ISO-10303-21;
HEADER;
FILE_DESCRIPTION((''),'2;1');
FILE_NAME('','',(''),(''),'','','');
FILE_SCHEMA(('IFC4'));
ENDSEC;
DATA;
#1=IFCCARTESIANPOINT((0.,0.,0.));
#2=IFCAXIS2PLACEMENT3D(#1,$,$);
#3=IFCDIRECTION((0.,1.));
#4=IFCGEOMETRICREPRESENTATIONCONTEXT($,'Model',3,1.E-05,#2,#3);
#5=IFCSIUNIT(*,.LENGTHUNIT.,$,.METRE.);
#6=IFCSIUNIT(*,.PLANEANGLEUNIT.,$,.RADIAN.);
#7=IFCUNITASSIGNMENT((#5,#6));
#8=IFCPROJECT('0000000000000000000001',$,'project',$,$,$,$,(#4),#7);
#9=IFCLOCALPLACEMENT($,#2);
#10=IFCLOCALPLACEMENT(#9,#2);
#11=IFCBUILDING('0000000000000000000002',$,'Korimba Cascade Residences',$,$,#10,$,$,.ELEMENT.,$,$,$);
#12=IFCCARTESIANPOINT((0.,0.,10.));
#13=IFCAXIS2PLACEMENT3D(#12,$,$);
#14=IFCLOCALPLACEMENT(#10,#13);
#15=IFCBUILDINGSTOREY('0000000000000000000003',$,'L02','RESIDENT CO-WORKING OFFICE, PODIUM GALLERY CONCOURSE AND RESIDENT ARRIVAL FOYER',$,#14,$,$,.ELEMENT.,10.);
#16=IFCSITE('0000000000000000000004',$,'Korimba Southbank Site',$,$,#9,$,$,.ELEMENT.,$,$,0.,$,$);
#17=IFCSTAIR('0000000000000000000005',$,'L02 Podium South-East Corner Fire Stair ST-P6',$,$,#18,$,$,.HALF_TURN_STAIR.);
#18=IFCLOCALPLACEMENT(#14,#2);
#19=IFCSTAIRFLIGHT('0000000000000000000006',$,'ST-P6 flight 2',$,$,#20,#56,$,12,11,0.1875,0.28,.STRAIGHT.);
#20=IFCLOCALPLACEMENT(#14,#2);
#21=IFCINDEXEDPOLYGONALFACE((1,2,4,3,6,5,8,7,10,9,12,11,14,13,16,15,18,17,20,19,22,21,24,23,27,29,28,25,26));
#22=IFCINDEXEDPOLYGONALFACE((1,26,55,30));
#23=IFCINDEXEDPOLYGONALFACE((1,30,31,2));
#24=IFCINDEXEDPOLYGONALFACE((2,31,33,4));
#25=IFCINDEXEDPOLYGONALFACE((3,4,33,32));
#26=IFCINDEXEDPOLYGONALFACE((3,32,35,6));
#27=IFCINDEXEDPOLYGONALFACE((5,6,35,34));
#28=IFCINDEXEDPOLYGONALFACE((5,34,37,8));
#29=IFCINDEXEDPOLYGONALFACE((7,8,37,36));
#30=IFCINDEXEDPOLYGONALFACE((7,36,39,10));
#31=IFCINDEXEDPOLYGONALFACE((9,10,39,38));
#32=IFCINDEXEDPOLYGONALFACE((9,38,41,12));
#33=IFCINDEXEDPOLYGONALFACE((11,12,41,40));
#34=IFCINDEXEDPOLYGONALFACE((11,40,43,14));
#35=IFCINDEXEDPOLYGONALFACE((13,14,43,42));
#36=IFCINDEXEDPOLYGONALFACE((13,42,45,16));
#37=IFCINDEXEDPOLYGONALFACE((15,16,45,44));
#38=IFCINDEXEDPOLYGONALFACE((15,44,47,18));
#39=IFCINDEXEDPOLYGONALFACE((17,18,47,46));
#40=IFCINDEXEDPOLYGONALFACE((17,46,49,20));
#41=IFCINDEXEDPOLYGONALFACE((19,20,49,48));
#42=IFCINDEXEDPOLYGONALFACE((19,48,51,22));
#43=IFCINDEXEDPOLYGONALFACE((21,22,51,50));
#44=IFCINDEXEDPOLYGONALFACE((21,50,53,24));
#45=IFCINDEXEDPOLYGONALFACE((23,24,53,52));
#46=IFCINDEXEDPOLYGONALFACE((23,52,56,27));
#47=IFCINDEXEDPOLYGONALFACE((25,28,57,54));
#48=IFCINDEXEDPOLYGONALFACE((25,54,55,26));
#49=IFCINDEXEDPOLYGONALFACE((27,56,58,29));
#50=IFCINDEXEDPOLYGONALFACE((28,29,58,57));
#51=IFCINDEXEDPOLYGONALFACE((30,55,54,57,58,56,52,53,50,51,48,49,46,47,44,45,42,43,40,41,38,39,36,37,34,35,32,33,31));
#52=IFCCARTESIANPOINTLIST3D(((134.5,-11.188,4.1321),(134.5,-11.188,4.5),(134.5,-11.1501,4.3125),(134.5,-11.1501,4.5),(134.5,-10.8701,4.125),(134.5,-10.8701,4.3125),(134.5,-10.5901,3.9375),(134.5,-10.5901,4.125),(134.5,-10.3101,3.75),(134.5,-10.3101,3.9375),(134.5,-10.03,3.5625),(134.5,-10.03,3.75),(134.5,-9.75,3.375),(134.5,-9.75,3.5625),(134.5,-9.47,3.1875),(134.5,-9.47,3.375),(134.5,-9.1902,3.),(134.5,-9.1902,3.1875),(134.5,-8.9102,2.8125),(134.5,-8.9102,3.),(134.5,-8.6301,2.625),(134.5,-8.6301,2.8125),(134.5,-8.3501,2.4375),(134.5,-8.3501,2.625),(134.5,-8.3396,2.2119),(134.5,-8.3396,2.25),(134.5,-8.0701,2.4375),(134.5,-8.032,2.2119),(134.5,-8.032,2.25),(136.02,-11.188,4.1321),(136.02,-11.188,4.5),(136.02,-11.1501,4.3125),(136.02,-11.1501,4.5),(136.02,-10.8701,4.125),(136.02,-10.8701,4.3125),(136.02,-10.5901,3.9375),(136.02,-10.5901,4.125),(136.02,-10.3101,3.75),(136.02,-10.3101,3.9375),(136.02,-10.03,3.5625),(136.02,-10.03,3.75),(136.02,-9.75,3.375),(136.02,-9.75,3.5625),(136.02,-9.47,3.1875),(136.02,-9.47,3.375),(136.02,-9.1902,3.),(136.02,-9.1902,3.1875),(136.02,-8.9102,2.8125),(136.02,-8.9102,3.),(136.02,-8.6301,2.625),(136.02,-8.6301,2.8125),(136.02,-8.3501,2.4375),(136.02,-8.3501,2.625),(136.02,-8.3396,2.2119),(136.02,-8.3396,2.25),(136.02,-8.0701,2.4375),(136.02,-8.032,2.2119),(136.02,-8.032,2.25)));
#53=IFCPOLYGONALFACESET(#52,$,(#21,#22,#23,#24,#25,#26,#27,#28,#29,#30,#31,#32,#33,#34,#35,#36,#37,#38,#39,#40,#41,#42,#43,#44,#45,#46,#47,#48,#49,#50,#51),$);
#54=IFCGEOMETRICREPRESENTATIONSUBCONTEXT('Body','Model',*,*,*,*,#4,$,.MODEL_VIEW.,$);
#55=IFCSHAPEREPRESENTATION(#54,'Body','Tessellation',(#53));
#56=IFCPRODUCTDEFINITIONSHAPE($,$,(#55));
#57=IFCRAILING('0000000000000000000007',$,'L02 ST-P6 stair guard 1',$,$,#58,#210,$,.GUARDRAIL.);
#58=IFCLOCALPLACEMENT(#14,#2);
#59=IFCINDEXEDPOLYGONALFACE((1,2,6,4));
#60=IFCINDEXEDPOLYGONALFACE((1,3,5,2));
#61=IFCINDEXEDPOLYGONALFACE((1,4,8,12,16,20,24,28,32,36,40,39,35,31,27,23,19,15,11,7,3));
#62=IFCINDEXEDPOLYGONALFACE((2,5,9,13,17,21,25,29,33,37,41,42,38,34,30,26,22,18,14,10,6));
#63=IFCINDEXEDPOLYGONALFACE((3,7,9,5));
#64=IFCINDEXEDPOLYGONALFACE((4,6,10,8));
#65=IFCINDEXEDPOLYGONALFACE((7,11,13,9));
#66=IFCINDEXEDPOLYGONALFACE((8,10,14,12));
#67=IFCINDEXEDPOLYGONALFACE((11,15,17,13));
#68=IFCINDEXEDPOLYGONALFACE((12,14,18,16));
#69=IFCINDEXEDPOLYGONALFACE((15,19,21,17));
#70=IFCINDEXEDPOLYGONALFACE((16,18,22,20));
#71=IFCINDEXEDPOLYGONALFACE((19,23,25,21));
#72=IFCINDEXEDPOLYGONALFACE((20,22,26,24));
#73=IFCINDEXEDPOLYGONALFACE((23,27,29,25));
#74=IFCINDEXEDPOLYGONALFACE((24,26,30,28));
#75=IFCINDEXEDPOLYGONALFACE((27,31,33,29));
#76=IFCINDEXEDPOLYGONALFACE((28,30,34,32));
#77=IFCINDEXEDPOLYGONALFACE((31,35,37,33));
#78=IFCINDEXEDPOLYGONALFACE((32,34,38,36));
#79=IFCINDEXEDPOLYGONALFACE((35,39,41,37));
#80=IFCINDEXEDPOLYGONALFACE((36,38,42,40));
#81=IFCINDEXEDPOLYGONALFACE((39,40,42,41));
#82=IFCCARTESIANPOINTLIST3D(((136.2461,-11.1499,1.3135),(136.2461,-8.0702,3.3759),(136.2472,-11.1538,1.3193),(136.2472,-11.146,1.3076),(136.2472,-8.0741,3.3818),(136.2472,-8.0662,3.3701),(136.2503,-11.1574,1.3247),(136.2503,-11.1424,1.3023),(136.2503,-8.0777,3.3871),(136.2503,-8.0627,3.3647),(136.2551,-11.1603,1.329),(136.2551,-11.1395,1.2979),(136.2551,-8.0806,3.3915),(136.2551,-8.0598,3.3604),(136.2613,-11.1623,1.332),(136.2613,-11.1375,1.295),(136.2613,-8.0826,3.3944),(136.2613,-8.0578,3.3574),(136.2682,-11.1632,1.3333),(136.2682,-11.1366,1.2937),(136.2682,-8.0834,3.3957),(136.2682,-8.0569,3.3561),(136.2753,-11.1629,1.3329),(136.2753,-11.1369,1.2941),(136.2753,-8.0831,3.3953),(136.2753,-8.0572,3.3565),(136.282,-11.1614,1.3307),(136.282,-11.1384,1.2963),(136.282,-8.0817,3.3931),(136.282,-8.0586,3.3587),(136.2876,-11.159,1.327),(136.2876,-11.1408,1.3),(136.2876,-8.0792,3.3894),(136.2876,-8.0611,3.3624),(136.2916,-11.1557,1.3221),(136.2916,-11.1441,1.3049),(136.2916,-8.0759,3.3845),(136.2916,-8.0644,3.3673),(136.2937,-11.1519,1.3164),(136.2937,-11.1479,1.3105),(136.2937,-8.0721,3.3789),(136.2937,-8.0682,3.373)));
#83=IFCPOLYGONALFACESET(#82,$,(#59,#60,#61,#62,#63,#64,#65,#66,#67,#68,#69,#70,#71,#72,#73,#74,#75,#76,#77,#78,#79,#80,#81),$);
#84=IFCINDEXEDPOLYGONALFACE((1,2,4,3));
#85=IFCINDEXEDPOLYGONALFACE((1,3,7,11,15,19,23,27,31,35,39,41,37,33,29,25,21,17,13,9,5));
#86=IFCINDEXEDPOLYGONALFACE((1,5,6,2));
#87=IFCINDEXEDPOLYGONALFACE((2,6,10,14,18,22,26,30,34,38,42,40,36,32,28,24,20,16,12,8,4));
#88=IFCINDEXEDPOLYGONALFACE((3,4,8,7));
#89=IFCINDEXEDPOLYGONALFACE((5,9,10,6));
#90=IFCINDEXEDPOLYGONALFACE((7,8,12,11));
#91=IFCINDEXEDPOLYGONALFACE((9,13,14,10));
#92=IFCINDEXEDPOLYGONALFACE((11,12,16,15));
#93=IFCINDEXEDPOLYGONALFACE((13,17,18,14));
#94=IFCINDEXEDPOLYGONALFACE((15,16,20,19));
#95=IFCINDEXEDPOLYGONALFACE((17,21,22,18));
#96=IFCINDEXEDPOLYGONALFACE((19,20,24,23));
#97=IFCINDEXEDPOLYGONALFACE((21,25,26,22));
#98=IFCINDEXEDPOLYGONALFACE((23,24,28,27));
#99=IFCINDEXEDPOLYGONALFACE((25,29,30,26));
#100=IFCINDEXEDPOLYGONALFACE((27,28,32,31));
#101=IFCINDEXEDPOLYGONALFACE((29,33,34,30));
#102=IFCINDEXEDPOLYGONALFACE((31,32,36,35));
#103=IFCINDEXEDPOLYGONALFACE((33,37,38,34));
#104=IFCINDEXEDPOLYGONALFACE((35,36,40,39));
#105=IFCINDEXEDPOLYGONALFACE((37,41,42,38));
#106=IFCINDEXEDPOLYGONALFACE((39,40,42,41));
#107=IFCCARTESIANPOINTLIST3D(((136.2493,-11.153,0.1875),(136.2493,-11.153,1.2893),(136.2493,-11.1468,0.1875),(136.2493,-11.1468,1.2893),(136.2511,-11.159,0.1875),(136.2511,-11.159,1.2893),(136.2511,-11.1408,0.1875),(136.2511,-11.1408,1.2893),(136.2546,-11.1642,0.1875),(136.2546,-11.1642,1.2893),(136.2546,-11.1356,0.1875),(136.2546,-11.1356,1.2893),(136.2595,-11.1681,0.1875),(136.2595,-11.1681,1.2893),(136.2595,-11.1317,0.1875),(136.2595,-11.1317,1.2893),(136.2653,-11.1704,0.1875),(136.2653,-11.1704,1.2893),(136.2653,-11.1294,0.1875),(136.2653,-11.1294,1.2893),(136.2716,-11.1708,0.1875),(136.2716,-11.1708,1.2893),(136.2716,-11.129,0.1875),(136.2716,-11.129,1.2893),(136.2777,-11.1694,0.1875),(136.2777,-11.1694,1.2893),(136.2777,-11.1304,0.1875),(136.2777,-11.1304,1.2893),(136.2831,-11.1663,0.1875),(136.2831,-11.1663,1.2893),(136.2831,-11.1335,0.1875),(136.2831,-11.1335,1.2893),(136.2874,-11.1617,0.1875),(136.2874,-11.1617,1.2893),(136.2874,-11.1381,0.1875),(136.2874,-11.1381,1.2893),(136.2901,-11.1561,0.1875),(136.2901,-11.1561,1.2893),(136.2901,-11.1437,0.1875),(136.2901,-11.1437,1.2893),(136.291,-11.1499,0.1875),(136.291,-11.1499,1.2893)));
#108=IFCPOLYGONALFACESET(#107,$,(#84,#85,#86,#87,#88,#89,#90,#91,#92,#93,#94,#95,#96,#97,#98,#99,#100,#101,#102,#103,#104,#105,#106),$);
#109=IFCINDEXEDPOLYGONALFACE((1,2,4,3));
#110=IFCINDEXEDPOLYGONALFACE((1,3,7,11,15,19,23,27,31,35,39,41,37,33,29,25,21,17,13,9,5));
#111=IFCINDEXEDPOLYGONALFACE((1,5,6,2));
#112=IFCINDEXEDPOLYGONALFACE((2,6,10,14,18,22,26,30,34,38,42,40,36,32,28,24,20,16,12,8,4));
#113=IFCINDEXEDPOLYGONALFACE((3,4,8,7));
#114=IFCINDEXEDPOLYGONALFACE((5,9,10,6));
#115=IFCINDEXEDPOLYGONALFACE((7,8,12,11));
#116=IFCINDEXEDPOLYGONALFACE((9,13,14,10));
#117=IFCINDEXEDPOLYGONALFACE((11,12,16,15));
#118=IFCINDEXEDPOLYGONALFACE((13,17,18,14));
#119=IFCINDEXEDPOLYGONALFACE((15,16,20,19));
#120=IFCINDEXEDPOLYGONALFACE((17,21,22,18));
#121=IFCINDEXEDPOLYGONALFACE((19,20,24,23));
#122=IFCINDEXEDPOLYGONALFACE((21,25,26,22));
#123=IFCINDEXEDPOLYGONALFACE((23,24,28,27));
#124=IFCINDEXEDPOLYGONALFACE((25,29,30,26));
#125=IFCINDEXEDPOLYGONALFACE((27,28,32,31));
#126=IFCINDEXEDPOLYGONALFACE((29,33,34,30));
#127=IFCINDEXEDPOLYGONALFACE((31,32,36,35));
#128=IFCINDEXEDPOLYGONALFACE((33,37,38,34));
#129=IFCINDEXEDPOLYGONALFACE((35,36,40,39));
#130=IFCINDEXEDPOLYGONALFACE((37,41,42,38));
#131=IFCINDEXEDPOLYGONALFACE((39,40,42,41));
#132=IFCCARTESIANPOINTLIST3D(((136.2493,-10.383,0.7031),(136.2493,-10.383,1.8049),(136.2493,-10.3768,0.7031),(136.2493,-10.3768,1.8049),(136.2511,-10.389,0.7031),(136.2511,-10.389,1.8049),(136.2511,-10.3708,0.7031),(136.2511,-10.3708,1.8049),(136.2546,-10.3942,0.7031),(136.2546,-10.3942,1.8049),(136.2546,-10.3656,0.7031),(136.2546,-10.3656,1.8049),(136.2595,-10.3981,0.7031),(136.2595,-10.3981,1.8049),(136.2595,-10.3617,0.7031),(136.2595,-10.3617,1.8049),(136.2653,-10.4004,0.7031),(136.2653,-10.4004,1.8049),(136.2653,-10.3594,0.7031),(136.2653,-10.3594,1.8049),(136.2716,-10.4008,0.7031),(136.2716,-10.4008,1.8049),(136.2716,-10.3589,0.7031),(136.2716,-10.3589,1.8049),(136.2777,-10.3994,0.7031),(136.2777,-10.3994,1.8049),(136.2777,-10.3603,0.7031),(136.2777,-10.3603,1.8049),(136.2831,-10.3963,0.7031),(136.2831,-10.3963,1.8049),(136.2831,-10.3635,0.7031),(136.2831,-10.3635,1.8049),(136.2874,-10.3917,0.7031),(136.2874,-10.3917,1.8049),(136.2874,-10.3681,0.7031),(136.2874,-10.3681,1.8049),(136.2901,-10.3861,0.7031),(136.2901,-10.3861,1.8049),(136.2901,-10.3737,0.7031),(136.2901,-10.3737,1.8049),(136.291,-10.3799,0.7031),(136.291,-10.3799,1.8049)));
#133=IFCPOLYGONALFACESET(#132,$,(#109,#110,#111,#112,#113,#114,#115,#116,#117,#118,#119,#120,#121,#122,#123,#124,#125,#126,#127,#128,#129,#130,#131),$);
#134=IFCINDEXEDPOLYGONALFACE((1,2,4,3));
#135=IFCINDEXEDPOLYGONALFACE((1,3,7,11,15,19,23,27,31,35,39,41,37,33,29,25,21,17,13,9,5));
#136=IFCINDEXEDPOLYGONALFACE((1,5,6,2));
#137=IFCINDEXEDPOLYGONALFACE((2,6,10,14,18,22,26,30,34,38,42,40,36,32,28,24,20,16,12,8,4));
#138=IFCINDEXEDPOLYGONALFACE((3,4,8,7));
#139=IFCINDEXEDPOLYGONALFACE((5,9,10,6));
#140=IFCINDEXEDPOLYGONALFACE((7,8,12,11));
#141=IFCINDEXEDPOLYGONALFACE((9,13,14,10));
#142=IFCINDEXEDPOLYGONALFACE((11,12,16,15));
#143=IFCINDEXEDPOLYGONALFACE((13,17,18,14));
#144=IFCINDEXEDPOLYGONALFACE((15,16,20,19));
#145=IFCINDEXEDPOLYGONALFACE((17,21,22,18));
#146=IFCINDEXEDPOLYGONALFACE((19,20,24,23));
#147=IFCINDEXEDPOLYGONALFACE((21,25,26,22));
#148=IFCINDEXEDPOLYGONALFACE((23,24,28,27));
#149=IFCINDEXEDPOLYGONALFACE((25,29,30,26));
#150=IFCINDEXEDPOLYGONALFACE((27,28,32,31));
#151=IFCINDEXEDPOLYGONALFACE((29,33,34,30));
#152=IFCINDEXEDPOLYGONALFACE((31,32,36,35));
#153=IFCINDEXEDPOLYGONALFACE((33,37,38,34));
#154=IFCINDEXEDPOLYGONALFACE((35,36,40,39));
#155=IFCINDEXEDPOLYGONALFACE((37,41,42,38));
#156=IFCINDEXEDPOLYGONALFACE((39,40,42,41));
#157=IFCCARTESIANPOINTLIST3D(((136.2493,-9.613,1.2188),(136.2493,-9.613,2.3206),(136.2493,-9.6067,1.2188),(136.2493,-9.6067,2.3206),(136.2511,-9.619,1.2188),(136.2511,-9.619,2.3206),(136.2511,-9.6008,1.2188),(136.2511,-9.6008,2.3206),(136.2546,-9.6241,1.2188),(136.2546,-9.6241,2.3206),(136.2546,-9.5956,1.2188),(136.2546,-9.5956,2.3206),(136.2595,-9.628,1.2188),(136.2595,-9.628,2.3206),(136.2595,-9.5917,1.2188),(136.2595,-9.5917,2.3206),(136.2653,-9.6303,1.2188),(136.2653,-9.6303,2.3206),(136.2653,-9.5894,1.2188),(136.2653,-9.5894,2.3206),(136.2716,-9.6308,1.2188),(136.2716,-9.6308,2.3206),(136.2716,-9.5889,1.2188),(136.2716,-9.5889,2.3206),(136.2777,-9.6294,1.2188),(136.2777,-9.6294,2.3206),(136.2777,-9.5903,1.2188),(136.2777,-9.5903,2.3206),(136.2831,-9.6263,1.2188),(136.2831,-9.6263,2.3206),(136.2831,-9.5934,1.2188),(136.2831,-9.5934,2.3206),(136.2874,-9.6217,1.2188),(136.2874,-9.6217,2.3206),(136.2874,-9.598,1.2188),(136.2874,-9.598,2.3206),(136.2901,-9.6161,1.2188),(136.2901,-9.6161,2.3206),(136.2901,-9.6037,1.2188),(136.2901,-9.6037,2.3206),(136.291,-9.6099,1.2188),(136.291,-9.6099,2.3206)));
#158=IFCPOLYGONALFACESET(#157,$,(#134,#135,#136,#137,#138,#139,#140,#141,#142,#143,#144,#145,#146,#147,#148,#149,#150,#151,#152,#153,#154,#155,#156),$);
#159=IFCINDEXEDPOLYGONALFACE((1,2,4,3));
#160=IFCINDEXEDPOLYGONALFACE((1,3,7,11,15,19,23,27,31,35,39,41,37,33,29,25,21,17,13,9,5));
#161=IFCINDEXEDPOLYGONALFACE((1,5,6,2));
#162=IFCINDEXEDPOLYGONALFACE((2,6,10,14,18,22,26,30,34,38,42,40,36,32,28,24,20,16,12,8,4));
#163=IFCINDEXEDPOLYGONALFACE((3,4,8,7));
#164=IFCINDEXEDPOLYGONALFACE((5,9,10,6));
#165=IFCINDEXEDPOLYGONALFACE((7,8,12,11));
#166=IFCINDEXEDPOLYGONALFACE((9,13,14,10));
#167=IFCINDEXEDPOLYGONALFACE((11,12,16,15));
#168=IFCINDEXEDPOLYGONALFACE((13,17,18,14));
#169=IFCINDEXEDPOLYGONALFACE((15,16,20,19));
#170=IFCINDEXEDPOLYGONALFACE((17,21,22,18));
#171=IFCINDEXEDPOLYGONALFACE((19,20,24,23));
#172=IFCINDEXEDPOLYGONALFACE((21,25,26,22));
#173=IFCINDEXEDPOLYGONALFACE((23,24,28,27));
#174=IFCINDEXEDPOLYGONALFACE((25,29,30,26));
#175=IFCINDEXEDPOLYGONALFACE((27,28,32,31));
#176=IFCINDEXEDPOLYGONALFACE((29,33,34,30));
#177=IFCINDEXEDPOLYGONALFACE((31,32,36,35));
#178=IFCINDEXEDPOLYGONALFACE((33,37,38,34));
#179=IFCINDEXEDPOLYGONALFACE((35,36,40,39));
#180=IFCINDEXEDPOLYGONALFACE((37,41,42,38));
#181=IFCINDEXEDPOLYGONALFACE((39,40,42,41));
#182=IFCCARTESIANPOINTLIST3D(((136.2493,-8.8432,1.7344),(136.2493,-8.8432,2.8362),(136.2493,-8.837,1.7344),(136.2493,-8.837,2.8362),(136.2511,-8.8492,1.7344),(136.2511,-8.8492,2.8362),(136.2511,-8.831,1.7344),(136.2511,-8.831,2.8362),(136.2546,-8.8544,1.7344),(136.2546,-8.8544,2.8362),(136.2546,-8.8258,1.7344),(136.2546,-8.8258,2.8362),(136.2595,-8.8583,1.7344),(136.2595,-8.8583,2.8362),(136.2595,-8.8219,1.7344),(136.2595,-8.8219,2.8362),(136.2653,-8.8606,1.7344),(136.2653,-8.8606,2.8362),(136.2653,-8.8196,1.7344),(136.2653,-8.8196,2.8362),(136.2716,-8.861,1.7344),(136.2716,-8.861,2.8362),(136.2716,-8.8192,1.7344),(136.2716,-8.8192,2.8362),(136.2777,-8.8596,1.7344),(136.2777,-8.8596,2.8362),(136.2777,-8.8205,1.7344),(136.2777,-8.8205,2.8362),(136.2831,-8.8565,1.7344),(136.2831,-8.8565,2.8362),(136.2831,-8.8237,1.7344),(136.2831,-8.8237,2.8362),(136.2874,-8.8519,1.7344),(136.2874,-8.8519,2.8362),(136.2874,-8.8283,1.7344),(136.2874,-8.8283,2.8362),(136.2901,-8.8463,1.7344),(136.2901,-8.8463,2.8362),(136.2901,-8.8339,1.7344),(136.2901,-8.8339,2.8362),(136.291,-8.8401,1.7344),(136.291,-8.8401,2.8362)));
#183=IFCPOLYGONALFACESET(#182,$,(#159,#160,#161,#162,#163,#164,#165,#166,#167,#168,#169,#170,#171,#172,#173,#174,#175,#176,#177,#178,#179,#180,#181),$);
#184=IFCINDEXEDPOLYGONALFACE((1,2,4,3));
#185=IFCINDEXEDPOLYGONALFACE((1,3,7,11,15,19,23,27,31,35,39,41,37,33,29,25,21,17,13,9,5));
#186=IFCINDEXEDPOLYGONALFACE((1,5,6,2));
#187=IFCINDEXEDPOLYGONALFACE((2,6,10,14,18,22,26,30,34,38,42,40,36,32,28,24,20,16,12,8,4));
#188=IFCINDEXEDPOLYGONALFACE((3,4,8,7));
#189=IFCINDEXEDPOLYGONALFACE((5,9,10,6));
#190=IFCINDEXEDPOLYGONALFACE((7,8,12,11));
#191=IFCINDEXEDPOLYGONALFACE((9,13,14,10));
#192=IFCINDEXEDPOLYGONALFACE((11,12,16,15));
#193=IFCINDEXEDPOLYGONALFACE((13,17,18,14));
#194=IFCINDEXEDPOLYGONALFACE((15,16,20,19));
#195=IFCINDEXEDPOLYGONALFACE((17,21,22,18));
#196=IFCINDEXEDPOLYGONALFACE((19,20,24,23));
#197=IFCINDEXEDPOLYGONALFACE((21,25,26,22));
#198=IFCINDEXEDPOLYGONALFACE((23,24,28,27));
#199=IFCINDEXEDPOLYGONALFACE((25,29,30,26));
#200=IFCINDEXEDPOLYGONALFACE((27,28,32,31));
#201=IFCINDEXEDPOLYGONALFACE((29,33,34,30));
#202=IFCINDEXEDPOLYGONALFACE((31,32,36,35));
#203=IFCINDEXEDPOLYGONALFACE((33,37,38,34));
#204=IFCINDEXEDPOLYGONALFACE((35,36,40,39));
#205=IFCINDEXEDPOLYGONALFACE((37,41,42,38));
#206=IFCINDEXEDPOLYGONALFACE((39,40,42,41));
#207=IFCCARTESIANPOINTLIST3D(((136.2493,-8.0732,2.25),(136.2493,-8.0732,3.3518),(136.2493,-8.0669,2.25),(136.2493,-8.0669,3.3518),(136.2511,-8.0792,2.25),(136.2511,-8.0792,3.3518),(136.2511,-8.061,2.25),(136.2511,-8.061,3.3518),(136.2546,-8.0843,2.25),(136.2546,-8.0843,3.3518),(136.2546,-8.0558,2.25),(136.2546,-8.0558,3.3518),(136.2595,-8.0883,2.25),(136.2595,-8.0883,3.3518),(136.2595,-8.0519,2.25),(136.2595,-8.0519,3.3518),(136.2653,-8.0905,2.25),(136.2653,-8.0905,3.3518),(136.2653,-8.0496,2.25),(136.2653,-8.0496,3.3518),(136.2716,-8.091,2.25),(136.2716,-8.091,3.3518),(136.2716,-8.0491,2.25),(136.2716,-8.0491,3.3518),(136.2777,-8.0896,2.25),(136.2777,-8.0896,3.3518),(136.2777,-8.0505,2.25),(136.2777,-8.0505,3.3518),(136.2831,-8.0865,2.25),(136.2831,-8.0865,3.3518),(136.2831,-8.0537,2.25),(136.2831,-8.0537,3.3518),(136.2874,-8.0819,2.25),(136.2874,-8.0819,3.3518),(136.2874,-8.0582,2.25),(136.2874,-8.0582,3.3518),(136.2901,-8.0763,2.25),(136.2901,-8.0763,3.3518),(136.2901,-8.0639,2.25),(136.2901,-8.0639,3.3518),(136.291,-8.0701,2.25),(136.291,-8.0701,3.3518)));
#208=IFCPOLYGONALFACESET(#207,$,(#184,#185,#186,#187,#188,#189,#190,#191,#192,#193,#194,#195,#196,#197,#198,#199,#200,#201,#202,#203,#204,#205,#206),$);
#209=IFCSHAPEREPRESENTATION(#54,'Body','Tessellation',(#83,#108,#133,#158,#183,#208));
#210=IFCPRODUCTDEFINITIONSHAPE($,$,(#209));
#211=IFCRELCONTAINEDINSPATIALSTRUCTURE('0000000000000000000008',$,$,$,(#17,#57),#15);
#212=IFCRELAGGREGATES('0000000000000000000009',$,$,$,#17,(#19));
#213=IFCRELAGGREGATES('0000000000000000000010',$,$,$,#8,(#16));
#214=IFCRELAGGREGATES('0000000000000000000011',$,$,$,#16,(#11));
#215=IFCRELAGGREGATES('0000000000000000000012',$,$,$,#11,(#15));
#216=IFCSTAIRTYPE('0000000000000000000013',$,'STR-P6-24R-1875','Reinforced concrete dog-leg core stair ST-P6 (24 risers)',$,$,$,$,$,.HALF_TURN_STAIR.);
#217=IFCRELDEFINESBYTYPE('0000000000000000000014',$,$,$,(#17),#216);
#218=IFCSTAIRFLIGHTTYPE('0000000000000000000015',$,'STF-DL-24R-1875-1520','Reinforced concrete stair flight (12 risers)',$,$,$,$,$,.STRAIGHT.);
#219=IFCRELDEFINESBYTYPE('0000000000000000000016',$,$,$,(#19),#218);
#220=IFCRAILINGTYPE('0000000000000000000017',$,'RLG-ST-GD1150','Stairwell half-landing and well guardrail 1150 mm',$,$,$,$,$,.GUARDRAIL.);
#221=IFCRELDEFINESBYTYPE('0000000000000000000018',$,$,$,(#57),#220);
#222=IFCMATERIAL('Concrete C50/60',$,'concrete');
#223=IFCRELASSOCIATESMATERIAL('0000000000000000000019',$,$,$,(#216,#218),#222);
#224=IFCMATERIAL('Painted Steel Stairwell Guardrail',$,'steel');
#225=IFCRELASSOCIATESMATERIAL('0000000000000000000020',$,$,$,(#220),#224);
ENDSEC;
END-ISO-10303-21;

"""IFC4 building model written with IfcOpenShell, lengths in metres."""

from ifc_helpers import new_model, si_unit, direction, frame, origin, origin_2d, place, context, subcontext, project, spatial, polyline, circle, outline, extrude, material, type_object, element, aggregate, save


model = new_model("IFC4")

# Units and contexts
model_context = context("Model", 3, precision=1e-05, world=origin(), true_north=direction((0.0, 1.0)))
body_context = subcontext(model_context, "Body", "Model", "MODEL_VIEW")
ifc_project = project(units=[si_unit("LENGTHUNIT", "METRE"), si_unit("PLANEANGLEUNIT", "RADIAN")], contexts=[model_context])

# Site, building, storey
site_placement = place(None, origin())
site = spatial("IfcSite", under=ifc_project, at=site_placement, Name="Korimba Southbank Site", CompositionType="ELEMENT", RefElevation=0.0)
building_placement = place(site_placement, origin())
building = spatial("IfcBuilding", under=site, at=building_placement, Name="Korimba Cascade Residences", CompositionType="ELEMENT")
storey_placement = place(building_placement, frame((0.0, 0.0, 10.0)))
storey = spatial("IfcBuildingStorey", under=building, at=storey_placement, Name="L02", Description="RESIDENT CO-WORKING OFFICE, PODIUM GALLERY CONCOURSE AND RESIDENT ARRIVAL FOYER", CompositionType="ELEMENT", Elevation=10.0)

# Shared definitions
ifc_material_1 = material(Name="Concrete C50/60", Category="concrete")

# Stair, stair flight
stair_type = type_object("IfcStairType", Name="STR-P6-24R-1875", Description="Reinforced concrete dog-leg core stair ST-P6 (24 risers)", PredefinedType="HALF_TURN_STAIR", material=ifc_material_1)
stair_placement = place(storey_placement, origin())
stair = element("IfcStair", 1, at=stair_placement, inside=storey, type_object=stair_type, Name="L02 Podium South-East Corner Fire Stair ST-P6", PredefinedType="HALF_TURN_STAIR")
stair_flight_type = type_object("IfcStairFlightType", Name="STF-DL-24R-1875-1520", Description="Reinforced concrete stair flight (12 risers)", PredefinedType="STRAIGHT", material=ifc_material_1)
stair_flight_1_placement = place(storey_placement, frame((135.26, -8.0701, 2.25), z_axis=(0.0, 0.0, 1.0), x_axis=(0.0, -1.0, 0.0)))
stair_flight_1 = element("IfcStairFlight", 2, at=stair_flight_1_placement, type_object=stair_flight_type, Name="ST-P6 flight 2", NumberOfRisers=12, NumberOfTreads=11, PredefinedType="STRAIGHT", RiserHeight=0.1875, TreadLength=0.28, context=body_context, shape_type="SweptSolid", body=[
    extrude(outline(polyline([(-0.0381, 0.0), (0.0, 0.1875), (0.28, 0.1875), (0.28, 0.375), (0.5601, 0.375), (0.5601, 0.5625), (0.8401, 0.5625), (0.8401, 0.75), (1.1201, 0.75), (1.1201, 0.9375), (1.3999, 0.9375), (1.3999, 1.125), (1.6799, 1.125), (1.6799, 1.3125), (1.96, 1.3125), (1.96, 1.5), (2.24, 1.5), (2.24, 1.6875), (2.52, 1.6875), (2.52, 1.875), (2.8, 1.875), (2.8, 2.0625), (3.0801, 2.0625), (3.0801, 2.25), (3.1179, 2.25), (3.1179, 1.8821), (0.2695, 0.0), (0.2695, -0.0381), (-0.0381, -0.0381), (-0.0381, 0.0)])), frame((0.0, 0.76, 0.0), z_axis=(0.0, -1.0, 0.0), x_axis=(1.0, 0.0, 0.0)), (0.0, 0.0, 1.0), 1.52),
])
aggregate(stair, [stair_flight_1])

# Railing
ifc_material_2 = material(Name="Painted Steel Stairwell Guardrail", Category="steel")
railing_type_1 = type_object("IfcRailingType", Name="RLG-ST-GD1150", Description="Stairwell half-landing and well guardrail 1150 mm", PredefinedType="GUARDRAIL", material=ifc_material_2)
railing_1_placement = place(storey_placement, frame((136.27, -11.1499, 0.1875)))
element("IfcRailing", 3, at=railing_1_placement, inside=storey, type_object=railing_type_1, Name="L02 ST-P6 stair guard 1", PredefinedType="GUARDRAIL", context=body_context, shape_type="SweptSolid", body=[
    extrude(circle(Radius=0.0239, at=origin_2d()), frame((0.0, 0.0, 1.126), z_axis=(0.0, 0.830893, 0.556432), x_axis=(-1.0, 0.0, 0.0)), (0.0, 0.0, 1.0), 3.7065),
    extrude(circle(Radius=0.021, at=origin_2d()), origin(), (0.0, 0.0, 1.0), 1.1018),
    extrude(circle(Radius=0.021, at=origin_2d()), frame((0.0, 0.77, 0.5156)), (0.0, 0.0, 1.0), 1.1018),
    extrude(circle(Radius=0.021, at=origin_2d()), frame((0.0, 1.54, 1.0312)), (0.0, 0.0, 1.0), 1.1018),
    extrude(circle(Radius=0.021, at=origin_2d()), frame((0.0, 2.3098, 1.5469)), (0.0, 0.0, 1.0), 1.1018),
    extrude(circle(Radius=0.021, at=origin_2d()), frame((0.0, 3.0798, 2.0625)), (0.0, 0.0, 1.0), 1.1018),
])

save(model, "model.ifc")
